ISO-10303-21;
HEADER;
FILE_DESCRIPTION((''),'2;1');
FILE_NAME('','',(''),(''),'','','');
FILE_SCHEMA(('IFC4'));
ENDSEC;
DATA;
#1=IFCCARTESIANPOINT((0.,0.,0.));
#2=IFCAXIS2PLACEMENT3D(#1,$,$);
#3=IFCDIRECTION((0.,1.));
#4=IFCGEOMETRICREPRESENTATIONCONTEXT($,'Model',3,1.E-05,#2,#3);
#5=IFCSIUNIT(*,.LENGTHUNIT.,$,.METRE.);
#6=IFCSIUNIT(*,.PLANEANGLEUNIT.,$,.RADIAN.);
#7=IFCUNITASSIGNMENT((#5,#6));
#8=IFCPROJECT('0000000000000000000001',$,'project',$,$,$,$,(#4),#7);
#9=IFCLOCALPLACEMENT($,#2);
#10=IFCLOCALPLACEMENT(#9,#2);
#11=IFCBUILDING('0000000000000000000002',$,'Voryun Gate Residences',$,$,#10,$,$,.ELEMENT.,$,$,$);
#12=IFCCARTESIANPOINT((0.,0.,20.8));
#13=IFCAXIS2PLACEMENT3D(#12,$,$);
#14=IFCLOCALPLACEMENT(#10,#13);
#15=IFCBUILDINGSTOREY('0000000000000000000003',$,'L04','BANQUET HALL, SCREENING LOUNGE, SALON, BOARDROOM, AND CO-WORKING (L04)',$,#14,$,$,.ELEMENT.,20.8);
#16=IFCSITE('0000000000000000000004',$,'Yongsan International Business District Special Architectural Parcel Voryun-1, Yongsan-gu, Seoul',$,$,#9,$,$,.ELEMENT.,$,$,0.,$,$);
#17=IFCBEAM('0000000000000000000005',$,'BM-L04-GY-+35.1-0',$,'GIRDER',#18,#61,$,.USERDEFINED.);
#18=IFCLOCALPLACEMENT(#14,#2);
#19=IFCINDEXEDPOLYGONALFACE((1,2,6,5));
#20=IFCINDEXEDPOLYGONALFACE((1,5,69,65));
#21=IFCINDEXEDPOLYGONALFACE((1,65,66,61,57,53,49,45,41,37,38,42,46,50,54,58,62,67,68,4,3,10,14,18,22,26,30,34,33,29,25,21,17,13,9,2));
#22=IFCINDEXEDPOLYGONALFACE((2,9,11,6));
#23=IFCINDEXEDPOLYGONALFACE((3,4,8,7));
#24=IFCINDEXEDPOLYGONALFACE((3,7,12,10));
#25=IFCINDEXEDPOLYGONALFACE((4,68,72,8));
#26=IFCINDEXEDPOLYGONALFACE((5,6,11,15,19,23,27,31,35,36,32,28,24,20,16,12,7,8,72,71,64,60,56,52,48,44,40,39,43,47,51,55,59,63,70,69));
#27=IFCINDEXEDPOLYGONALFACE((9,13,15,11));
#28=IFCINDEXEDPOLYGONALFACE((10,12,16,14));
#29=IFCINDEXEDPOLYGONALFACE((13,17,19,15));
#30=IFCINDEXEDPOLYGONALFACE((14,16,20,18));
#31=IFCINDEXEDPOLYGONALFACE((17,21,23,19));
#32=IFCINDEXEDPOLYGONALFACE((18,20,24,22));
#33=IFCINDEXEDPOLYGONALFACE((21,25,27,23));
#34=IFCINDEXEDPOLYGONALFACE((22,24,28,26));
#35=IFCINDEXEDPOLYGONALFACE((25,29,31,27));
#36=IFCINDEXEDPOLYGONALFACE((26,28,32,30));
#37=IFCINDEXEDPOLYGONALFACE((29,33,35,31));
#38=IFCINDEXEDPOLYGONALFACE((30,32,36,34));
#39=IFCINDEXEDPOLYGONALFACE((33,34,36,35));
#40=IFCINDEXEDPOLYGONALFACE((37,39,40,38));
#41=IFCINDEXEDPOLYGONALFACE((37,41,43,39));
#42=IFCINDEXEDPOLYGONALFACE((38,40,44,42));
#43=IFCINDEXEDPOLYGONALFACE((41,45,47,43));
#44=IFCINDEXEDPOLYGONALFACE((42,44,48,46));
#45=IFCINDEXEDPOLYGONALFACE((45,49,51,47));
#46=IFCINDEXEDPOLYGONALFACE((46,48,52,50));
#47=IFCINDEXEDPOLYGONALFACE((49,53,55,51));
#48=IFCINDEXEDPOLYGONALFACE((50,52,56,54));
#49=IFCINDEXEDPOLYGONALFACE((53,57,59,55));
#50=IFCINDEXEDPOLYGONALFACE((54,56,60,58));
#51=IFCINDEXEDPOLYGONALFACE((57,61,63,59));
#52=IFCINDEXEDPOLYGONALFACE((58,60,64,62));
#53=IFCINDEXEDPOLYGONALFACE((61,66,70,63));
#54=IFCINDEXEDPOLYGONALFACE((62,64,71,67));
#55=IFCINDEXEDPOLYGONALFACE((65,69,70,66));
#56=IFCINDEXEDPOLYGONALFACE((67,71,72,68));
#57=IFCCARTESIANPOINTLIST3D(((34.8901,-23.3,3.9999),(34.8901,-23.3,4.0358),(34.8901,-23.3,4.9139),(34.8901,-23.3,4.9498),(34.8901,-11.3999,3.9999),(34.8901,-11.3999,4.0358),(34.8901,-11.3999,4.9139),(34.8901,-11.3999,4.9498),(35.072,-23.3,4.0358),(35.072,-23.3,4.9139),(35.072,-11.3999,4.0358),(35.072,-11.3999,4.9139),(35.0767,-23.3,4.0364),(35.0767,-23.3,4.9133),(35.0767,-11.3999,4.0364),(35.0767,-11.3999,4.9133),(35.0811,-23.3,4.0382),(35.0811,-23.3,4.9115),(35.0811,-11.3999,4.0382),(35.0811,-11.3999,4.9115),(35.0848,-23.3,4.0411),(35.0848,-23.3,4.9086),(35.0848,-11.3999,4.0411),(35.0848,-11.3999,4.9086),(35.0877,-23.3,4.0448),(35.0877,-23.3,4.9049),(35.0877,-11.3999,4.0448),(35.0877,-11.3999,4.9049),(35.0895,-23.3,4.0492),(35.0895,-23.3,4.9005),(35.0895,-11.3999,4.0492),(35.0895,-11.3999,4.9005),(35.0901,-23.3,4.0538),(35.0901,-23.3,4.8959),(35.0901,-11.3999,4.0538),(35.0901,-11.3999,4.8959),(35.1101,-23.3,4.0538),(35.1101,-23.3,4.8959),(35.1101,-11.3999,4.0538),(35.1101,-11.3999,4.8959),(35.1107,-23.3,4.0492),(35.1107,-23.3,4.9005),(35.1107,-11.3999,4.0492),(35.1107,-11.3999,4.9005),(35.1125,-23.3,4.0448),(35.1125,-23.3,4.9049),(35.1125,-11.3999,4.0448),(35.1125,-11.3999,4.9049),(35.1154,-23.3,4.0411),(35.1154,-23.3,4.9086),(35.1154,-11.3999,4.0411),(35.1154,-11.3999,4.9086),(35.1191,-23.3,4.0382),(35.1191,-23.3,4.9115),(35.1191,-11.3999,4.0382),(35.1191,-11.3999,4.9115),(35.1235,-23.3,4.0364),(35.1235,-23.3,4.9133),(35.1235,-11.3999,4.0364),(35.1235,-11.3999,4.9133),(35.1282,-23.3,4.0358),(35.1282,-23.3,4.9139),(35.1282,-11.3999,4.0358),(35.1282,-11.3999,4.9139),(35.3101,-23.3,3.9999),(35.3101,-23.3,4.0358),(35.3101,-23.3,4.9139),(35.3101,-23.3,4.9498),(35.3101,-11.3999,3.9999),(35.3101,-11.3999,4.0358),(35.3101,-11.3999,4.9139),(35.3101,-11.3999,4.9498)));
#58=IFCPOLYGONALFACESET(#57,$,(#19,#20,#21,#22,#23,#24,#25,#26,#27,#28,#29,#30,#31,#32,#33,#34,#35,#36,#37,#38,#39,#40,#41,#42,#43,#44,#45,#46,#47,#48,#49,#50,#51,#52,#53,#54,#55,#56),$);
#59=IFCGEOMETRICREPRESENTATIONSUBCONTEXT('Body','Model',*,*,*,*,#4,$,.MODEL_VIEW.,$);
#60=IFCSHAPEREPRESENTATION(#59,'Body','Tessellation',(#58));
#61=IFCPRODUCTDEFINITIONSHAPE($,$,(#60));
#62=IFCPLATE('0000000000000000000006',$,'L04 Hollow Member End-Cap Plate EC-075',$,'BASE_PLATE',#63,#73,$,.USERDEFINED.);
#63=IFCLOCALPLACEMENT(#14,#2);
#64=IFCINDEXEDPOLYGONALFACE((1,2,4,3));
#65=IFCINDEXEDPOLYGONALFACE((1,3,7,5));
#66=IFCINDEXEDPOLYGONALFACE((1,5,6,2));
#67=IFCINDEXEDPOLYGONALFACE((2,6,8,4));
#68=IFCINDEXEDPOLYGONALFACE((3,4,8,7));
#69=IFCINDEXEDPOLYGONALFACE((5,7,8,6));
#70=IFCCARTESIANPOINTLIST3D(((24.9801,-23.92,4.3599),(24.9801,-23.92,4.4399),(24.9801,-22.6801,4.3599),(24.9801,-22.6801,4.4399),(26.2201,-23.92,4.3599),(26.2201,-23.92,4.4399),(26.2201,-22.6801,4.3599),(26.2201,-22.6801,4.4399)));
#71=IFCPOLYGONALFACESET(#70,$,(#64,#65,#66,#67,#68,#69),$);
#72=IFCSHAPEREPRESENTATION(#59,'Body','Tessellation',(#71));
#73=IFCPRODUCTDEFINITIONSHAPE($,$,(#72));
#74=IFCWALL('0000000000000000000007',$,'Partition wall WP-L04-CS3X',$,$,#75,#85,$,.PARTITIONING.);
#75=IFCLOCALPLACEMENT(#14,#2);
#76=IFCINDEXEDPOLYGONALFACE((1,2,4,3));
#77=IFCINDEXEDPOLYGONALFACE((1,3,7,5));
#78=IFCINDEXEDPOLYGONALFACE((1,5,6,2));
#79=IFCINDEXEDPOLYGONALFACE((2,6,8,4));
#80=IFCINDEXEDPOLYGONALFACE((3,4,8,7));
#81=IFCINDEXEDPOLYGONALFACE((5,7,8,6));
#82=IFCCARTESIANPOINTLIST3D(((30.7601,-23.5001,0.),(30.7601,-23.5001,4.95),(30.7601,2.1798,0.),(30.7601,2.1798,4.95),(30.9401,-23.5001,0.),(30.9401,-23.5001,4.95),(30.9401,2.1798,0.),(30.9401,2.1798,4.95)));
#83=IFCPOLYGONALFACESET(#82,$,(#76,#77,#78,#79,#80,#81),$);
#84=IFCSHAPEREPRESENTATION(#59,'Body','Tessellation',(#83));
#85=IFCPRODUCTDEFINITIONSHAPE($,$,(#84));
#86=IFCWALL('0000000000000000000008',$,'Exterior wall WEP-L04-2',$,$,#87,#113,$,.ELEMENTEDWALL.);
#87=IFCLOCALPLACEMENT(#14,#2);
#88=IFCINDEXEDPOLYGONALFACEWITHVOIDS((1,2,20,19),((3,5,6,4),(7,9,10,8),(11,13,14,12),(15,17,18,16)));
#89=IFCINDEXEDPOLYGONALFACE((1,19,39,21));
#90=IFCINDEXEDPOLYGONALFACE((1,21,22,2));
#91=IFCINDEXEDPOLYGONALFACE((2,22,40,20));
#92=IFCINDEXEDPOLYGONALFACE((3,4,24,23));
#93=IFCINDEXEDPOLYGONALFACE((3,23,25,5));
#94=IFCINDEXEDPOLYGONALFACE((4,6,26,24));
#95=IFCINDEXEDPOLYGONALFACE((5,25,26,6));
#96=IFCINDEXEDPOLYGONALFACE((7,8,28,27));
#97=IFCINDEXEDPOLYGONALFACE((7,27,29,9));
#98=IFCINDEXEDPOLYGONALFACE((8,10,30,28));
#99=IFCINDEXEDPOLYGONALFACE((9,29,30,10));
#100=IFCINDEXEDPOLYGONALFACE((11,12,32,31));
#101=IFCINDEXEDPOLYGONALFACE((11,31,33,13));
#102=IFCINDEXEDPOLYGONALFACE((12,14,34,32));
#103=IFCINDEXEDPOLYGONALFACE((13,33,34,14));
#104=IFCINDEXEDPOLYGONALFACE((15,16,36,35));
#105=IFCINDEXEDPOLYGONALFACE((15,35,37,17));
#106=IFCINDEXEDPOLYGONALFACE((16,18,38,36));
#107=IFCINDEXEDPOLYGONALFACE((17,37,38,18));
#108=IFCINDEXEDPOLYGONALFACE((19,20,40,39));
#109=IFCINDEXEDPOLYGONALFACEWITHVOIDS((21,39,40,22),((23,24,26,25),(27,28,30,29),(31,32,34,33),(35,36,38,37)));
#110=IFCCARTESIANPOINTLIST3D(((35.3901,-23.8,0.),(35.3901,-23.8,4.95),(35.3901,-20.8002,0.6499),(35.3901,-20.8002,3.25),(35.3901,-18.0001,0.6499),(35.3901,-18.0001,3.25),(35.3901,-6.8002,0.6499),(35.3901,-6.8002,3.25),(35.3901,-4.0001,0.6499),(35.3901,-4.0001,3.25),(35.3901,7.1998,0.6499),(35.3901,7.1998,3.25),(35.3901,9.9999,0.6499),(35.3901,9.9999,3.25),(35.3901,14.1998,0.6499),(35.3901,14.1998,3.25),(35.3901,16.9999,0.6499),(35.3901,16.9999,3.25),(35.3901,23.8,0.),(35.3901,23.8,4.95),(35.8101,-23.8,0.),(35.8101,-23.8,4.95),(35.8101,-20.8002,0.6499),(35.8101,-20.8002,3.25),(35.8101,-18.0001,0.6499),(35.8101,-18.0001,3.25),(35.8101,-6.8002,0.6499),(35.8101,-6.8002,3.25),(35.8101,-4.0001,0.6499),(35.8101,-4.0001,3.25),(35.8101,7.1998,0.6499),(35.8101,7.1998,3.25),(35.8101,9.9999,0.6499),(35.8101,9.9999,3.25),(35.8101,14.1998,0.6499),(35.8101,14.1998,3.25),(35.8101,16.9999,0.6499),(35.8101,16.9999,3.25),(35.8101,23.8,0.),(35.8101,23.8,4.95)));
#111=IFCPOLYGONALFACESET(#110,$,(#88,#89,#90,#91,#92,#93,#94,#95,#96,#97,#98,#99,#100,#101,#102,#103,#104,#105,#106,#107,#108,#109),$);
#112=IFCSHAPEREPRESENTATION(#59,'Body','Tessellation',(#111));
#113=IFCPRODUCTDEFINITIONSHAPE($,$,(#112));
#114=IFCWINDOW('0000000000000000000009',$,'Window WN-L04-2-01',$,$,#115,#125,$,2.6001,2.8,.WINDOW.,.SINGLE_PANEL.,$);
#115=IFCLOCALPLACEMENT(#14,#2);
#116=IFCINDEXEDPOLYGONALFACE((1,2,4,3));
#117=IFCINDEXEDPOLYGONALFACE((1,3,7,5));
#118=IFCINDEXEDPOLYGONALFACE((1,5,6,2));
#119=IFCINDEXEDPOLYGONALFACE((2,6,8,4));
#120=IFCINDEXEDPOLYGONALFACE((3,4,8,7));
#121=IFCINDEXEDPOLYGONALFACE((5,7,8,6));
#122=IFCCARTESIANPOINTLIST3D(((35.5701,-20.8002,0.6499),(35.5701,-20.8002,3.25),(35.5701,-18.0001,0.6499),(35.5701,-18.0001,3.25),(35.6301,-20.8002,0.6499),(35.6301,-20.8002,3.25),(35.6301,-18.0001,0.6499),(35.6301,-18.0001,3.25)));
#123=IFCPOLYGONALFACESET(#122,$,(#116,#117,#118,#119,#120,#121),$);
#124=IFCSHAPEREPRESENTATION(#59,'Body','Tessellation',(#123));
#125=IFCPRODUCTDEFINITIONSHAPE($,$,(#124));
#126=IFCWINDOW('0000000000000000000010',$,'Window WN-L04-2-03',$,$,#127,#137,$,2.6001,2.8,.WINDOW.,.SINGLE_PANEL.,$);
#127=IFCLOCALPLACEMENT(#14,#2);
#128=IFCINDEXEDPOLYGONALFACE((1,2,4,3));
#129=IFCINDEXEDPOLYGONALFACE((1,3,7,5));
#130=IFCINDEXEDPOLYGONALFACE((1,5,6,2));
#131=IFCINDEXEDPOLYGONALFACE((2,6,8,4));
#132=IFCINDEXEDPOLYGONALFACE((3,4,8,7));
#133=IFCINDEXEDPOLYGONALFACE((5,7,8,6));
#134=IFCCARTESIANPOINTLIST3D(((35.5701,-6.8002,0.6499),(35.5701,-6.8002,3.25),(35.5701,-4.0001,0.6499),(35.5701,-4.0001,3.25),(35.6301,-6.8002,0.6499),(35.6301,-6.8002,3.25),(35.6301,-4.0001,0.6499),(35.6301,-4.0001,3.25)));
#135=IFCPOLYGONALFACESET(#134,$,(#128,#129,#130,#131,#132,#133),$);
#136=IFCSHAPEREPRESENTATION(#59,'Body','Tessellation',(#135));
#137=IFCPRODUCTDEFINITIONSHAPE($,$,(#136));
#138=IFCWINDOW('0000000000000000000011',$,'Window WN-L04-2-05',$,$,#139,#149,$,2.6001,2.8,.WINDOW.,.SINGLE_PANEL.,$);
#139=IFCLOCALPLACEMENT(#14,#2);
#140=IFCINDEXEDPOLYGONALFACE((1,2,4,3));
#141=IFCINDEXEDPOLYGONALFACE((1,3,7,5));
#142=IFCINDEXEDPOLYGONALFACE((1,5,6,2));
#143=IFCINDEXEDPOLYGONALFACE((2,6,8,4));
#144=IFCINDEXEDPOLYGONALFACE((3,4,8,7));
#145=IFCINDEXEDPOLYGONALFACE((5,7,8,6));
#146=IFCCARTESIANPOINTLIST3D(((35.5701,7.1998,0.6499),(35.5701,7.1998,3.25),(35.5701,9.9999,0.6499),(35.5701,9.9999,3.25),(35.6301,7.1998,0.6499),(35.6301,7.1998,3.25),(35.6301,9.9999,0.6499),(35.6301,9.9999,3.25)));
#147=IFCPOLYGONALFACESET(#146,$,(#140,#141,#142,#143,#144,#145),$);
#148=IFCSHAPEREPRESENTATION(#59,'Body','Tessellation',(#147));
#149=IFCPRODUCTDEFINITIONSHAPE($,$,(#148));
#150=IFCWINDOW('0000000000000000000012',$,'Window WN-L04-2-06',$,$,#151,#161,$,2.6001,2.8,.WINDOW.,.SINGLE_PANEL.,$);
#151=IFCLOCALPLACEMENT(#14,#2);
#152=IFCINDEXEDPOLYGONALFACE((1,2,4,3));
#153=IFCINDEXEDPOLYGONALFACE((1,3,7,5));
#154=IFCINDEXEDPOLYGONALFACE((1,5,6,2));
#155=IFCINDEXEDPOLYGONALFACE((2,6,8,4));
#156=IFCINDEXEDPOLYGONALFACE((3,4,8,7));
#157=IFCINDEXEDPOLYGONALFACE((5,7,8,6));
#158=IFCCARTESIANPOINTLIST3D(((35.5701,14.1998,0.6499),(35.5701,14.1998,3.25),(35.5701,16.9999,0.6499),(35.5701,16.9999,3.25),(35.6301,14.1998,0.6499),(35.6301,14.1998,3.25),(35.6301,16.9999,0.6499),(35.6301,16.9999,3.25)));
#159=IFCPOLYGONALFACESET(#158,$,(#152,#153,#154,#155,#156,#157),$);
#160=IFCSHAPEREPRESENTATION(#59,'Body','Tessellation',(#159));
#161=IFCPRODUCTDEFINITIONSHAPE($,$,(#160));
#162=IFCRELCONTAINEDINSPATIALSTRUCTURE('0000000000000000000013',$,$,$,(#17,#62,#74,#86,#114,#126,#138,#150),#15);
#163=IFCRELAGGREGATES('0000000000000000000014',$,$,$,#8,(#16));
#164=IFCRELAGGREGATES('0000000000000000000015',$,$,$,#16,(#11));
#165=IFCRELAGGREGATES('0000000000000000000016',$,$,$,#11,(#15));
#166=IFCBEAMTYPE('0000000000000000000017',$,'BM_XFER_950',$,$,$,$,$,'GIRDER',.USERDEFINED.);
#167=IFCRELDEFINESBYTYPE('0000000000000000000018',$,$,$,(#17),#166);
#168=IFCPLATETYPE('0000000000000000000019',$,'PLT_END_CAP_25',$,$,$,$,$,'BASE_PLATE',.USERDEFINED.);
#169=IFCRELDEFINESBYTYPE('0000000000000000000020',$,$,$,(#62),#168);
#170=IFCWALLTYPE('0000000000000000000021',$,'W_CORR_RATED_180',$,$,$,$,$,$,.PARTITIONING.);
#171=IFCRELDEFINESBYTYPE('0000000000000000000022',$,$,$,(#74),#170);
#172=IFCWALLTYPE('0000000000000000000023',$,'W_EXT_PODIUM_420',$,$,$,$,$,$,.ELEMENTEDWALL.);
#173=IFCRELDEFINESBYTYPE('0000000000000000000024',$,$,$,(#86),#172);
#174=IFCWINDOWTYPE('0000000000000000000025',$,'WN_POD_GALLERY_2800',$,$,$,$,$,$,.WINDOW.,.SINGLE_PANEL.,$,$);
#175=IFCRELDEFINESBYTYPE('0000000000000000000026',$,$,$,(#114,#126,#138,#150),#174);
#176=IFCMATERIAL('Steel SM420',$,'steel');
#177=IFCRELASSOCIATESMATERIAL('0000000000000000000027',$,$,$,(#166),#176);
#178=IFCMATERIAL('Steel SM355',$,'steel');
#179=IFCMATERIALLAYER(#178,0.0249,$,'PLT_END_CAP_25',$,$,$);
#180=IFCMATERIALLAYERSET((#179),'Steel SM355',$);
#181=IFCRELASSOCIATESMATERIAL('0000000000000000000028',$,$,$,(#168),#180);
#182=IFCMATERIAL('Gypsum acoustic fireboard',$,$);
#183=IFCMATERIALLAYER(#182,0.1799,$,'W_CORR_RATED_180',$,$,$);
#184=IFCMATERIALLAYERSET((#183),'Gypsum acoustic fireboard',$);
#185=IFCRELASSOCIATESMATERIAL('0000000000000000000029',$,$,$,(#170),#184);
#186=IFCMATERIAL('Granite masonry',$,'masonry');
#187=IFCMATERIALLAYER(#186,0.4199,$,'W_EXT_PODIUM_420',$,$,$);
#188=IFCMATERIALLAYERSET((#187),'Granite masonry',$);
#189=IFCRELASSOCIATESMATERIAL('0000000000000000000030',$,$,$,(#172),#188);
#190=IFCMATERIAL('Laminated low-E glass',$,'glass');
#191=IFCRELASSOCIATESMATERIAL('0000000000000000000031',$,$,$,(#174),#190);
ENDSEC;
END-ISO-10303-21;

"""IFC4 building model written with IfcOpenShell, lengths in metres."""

from ifc_helpers import new_model, si_unit, direction, frame, frame_2d, origin, origin_2d, place, context, subcontext, project, spatial, rectangle, i_section, extrude, material, layer, layer_set, material_profile, profile_set, type_object, element, fill, save


model = new_model("IFC4")

# Units and contexts
model_context = context("Model", 3, precision=1e-05, world=origin(), true_north=direction((0.0, 1.0)))
body_context = subcontext(model_context, "Body", "Model", "MODEL_VIEW")
ifc_project = project(units=[si_unit("LENGTHUNIT", "METRE"), si_unit("PLANEANGLEUNIT", "RADIAN")], contexts=[model_context])

# Site, building, storey
site_placement = place(None, origin())
site = spatial("IfcSite", under=ifc_project, at=site_placement, Name="Yongsan International Business District Special Architectural Parcel Voryun-1, Yongsan-gu, Seoul", CompositionType="ELEMENT", RefElevation=0.0)
building_placement = place(site_placement, origin())
building = spatial("IfcBuilding", under=site, at=building_placement, Name="Voryun Gate Residences", CompositionType="ELEMENT")
storey_placement = place(building_placement, frame((0.0, 0.0, 20.8)))
storey = spatial("IfcBuildingStorey", under=building, at=storey_placement, Name="L04", Description="BANQUET HALL, SCREENING LOUNGE, SALON, BOARDROOM, AND CO-WORKING (L04)", CompositionType="ELEMENT", Elevation=20.8)

# Beam
ifc_material_1 = material(Name="Steel SM420", Category="steel")
ifc_material_profile_1 = material_profile(ifc_material_1, i_section(OverallWidth=0.4199, OverallDepth=0.95, WebThickness=0.02, FlangeThickness=0.0359, FilletRadius=0.0181, at=origin_2d()), Name="H-950x420x20x36")
ifc_profile_set_1 = profile_set([ifc_material_profile_1], Name="Steel SM420")
beam_type_1 = type_object("IfcBeamType", Name="BM_XFER_950", ElementType="GIRDER", PredefinedType="USERDEFINED", material=ifc_profile_set_1)
for number, where, z_axis, x_axis, name in (
    (1, (35.1001, -23.3, 4.4749), (0.0, 1.0, 0.0), (-1.0, 0.0, 0.0), "BM-L04-GY-+35.1-0"),
):
    element("IfcBeam", number, at=place(storey_placement, frame(where, z_axis=z_axis, x_axis=x_axis)), inside=storey, type_object=beam_type_1, Name=name, ObjectType="GIRDER", PredefinedType="USERDEFINED", context=body_context, shape_type="SweptSolid", body=[
        extrude(i_section(OverallWidth=0.4199, OverallDepth=0.95, WebThickness=0.02, FlangeThickness=0.0359, FilletRadius=0.0181, at=origin_2d()), origin(), (0.0, 0.0, 1.0), 11.9001),
    ])

# Plate
ifc_material_2 = material(Name="Steel SM355", Category="steel")
ifc_layer_1 = layer(ifc_material_2, 0.0249, Name="PLT_END_CAP_25")
ifc_layer_set_1 = layer_set([ifc_layer_1], Name="Steel SM355")
plate_type = type_object("IfcPlateType", Name="PLT_END_CAP_25", ElementType="BASE_PLATE", PredefinedType="USERDEFINED", material=ifc_layer_set_1)
plate_placement = place(storey_placement, frame((25.6001, -23.3, 4.3599), z_axis=(0.0, 0.0, 1.0), x_axis=(1.0, 0.0, 0.0)))
element("IfcPlate", 2, at=plate_placement, inside=storey, type_object=plate_type, Name="L04 Hollow Member End-Cap Plate EC-075", ObjectType="BASE_PLATE", PredefinedType="USERDEFINED", context=body_context, shape_type="SweptSolid", body=[
    extrude(rectangle(XDim=1.24, YDim=1.24, at=origin_2d()), origin(), (0.0, 0.0, 1.0), 0.0801),
])

# Wall
ifc_material_3 = material(Name="Gypsum acoustic fireboard")
ifc_layer_2 = layer(ifc_material_3, 0.1799, Name="W_CORR_RATED_180")
ifc_layer_set_2 = layer_set([ifc_layer_2], Name="Gypsum acoustic fireboard")
wall_type_1 = type_object("IfcWallType", Name="W_CORR_RATED_180", PredefinedType="PARTITIONING", material=ifc_layer_set_2)
wall_1_placement = place(storey_placement, frame((30.8501, -23.5, 0.0), z_axis=(0.0, 0.0, 1.0), x_axis=(0.0, 1.0, 0.0)))
element("IfcWall", 3, at=wall_1_placement, inside=storey, type_object=wall_type_1, Name="Partition wall WP-L04-CS3X", PredefinedType="PARTITIONING", context=body_context, shape_type="SweptSolid", body=[
    extrude(rectangle(XDim=25.6799, YDim=0.1799, at=frame_2d((12.8398, 0.0))), origin(), (0.0, 0.0, 1.0), 4.95),
])

# Wall, openings, windows
ifc_material_4 = material(Name="Granite masonry", Category="masonry")
ifc_layer_3 = layer(ifc_material_4, 0.4199, Name="W_EXT_PODIUM_420")
ifc_layer_set_3 = layer_set([ifc_layer_3], Name="Granite masonry")
wall_type_2 = type_object("IfcWallType", Name="W_EXT_PODIUM_420", PredefinedType="ELEMENTEDWALL", material=ifc_layer_set_3)
wall_2_placement = place(storey_placement, frame((35.6001, -23.8, 0.0), z_axis=(0.0, 0.0, 1.0), x_axis=(0.0, 1.0, 0.0)))
wall_2 = element("IfcWall", 4, at=wall_2_placement, inside=storey, type_object=wall_type_2, Name="Exterior wall WEP-L04-2", PredefinedType="ELEMENTEDWALL", context=body_context, shape_type="SweptSolid", body=[
    extrude(rectangle(XDim=47.6001, YDim=0.4199, at=frame_2d((23.8, 0.0))), origin(), (0.0, 0.0, 1.0), 4.95),
])
opening_1_placement = place(wall_2_placement, frame((3.0, 0.0, 0.6499)))
opening_1 = element("IfcOpeningElement", 5, at=opening_1_placement, cuts=wall_2, PredefinedType="OPENING", context=body_context, shape_type="SweptSolid", body=[
    extrude(rectangle(XDim=2.8, YDim=2.6001, at=frame_2d((1.3999, 1.3))), frame((0.0, 0.22, 0.0), z_axis=(0.0, -1.0, 0.0), x_axis=(1.0, 0.0, 0.0)), (0.0, 0.0, 1.0), 0.4399),
])
opening_2_placement = place(wall_2_placement, frame((17.0, 0.0, 0.6499)))
opening_2 = element("IfcOpeningElement", 6, at=opening_2_placement, cuts=wall_2, PredefinedType="OPENING", context=body_context, shape_type="SweptSolid", body=[
    extrude(rectangle(XDim=2.8, YDim=2.6001, at=frame_2d((1.3999, 1.3))), frame((0.0, 0.22, 0.0), z_axis=(0.0, -1.0, 0.0), x_axis=(1.0, 0.0, 0.0)), (0.0, 0.0, 1.0), 0.4399),
])
opening_3_placement = place(wall_2_placement, frame((31.0, 0.0, 0.6499)))
opening_3 = element("IfcOpeningElement", 7, at=opening_3_placement, cuts=wall_2, PredefinedType="OPENING", context=body_context, shape_type="SweptSolid", body=[
    extrude(rectangle(XDim=2.8, YDim=2.6001, at=frame_2d((1.3999, 1.3))), frame((0.0, 0.22, 0.0), z_axis=(0.0, -1.0, 0.0), x_axis=(1.0, 0.0, 0.0)), (0.0, 0.0, 1.0), 0.4399),
])
opening_4_placement = place(wall_2_placement, frame((38.0, 0.0, 0.6499)))
opening_4 = element("IfcOpeningElement", 8, at=opening_4_placement, cuts=wall_2, PredefinedType="OPENING", context=body_context, shape_type="SweptSolid", body=[
    extrude(rectangle(XDim=2.8, YDim=2.6001, at=frame_2d((1.3999, 1.3))), frame((0.0, 0.22, 0.0), z_axis=(0.0, -1.0, 0.0), x_axis=(1.0, 0.0, 0.0)), (0.0, 0.0, 1.0), 0.4399),
])
ifc_material_5 = material(Name="Laminated low-E glass", Category="glass")
window_type = type_object("IfcWindowType", Name="WN_POD_GALLERY_2800", PartitioningType="SINGLE_PANEL", PredefinedType="WINDOW", material=ifc_material_5)
window_1_placement = place(opening_1_placement, origin())
window_1 = element("IfcWindow", 9, at=window_1_placement, inside=storey, type_object=window_type, Name="Window WN-L04-2-01", OverallHeight=2.6001, OverallWidth=2.8, PartitioningType="SINGLE_PANEL", PredefinedType="WINDOW", context=body_context, shape_type="SweptSolid", body=[
    extrude(rectangle(XDim=2.8, YDim=2.6001, at=frame_2d((1.3999, 1.3))), frame((0.0, 0.03, 0.0), z_axis=(0.0, -1.0, 0.0), x_axis=(1.0, 0.0, 0.0)), (0.0, 0.0, 1.0), 0.0601),
])
fill(opening_1, window_1)
window_2_placement = place(opening_2_placement, origin())
window_2 = element("IfcWindow", 10, at=window_2_placement, inside=storey, type_object=window_type, Name="Window WN-L04-2-03", OverallHeight=2.6001, OverallWidth=2.8, PartitioningType="SINGLE_PANEL", PredefinedType="WINDOW", context=body_context, shape_type="SweptSolid", body=[
    extrude(rectangle(XDim=2.8, YDim=2.6001, at=frame_2d((1.3999, 1.3))), frame((0.0, 0.03, 0.0), z_axis=(0.0, -1.0, 0.0), x_axis=(1.0, 0.0, 0.0)), (0.0, 0.0, 1.0), 0.0601),
])
fill(opening_2, window_2)
window_3_placement = place(opening_3_placement, origin())
window_3 = element("IfcWindow", 11, at=window_3_placement, inside=storey, type_object=window_type, Name="Window WN-L04-2-05", OverallHeight=2.6001, OverallWidth=2.8, PartitioningType="SINGLE_PANEL", PredefinedType="WINDOW", context=body_context, shape_type="SweptSolid", body=[
    extrude(rectangle(XDim=2.8, YDim=2.6001, at=frame_2d((1.3999, 1.3))), frame((0.0, 0.03, 0.0), z_axis=(0.0, -1.0, 0.0), x_axis=(1.0, 0.0, 0.0)), (0.0, 0.0, 1.0), 0.0601),
])
fill(opening_3, window_3)
window_4_placement = place(opening_4_placement, origin())
window_4 = element("IfcWindow", 12, at=window_4_placement, inside=storey, type_object=window_type, Name="Window WN-L04-2-06", OverallHeight=2.6001, OverallWidth=2.8, PartitioningType="SINGLE_PANEL", PredefinedType="WINDOW", context=body_context, shape_type="SweptSolid", body=[
    extrude(rectangle(XDim=2.8, YDim=2.6001, at=frame_2d((1.3999, 1.3))), frame((0.0, 0.03, 0.0), z_axis=(0.0, -1.0, 0.0), x_axis=(1.0, 0.0, 0.0)), (0.0, 0.0, 1.0), 0.0601),
])
fill(opening_4, window_4)

save(model, "model.ifc")
